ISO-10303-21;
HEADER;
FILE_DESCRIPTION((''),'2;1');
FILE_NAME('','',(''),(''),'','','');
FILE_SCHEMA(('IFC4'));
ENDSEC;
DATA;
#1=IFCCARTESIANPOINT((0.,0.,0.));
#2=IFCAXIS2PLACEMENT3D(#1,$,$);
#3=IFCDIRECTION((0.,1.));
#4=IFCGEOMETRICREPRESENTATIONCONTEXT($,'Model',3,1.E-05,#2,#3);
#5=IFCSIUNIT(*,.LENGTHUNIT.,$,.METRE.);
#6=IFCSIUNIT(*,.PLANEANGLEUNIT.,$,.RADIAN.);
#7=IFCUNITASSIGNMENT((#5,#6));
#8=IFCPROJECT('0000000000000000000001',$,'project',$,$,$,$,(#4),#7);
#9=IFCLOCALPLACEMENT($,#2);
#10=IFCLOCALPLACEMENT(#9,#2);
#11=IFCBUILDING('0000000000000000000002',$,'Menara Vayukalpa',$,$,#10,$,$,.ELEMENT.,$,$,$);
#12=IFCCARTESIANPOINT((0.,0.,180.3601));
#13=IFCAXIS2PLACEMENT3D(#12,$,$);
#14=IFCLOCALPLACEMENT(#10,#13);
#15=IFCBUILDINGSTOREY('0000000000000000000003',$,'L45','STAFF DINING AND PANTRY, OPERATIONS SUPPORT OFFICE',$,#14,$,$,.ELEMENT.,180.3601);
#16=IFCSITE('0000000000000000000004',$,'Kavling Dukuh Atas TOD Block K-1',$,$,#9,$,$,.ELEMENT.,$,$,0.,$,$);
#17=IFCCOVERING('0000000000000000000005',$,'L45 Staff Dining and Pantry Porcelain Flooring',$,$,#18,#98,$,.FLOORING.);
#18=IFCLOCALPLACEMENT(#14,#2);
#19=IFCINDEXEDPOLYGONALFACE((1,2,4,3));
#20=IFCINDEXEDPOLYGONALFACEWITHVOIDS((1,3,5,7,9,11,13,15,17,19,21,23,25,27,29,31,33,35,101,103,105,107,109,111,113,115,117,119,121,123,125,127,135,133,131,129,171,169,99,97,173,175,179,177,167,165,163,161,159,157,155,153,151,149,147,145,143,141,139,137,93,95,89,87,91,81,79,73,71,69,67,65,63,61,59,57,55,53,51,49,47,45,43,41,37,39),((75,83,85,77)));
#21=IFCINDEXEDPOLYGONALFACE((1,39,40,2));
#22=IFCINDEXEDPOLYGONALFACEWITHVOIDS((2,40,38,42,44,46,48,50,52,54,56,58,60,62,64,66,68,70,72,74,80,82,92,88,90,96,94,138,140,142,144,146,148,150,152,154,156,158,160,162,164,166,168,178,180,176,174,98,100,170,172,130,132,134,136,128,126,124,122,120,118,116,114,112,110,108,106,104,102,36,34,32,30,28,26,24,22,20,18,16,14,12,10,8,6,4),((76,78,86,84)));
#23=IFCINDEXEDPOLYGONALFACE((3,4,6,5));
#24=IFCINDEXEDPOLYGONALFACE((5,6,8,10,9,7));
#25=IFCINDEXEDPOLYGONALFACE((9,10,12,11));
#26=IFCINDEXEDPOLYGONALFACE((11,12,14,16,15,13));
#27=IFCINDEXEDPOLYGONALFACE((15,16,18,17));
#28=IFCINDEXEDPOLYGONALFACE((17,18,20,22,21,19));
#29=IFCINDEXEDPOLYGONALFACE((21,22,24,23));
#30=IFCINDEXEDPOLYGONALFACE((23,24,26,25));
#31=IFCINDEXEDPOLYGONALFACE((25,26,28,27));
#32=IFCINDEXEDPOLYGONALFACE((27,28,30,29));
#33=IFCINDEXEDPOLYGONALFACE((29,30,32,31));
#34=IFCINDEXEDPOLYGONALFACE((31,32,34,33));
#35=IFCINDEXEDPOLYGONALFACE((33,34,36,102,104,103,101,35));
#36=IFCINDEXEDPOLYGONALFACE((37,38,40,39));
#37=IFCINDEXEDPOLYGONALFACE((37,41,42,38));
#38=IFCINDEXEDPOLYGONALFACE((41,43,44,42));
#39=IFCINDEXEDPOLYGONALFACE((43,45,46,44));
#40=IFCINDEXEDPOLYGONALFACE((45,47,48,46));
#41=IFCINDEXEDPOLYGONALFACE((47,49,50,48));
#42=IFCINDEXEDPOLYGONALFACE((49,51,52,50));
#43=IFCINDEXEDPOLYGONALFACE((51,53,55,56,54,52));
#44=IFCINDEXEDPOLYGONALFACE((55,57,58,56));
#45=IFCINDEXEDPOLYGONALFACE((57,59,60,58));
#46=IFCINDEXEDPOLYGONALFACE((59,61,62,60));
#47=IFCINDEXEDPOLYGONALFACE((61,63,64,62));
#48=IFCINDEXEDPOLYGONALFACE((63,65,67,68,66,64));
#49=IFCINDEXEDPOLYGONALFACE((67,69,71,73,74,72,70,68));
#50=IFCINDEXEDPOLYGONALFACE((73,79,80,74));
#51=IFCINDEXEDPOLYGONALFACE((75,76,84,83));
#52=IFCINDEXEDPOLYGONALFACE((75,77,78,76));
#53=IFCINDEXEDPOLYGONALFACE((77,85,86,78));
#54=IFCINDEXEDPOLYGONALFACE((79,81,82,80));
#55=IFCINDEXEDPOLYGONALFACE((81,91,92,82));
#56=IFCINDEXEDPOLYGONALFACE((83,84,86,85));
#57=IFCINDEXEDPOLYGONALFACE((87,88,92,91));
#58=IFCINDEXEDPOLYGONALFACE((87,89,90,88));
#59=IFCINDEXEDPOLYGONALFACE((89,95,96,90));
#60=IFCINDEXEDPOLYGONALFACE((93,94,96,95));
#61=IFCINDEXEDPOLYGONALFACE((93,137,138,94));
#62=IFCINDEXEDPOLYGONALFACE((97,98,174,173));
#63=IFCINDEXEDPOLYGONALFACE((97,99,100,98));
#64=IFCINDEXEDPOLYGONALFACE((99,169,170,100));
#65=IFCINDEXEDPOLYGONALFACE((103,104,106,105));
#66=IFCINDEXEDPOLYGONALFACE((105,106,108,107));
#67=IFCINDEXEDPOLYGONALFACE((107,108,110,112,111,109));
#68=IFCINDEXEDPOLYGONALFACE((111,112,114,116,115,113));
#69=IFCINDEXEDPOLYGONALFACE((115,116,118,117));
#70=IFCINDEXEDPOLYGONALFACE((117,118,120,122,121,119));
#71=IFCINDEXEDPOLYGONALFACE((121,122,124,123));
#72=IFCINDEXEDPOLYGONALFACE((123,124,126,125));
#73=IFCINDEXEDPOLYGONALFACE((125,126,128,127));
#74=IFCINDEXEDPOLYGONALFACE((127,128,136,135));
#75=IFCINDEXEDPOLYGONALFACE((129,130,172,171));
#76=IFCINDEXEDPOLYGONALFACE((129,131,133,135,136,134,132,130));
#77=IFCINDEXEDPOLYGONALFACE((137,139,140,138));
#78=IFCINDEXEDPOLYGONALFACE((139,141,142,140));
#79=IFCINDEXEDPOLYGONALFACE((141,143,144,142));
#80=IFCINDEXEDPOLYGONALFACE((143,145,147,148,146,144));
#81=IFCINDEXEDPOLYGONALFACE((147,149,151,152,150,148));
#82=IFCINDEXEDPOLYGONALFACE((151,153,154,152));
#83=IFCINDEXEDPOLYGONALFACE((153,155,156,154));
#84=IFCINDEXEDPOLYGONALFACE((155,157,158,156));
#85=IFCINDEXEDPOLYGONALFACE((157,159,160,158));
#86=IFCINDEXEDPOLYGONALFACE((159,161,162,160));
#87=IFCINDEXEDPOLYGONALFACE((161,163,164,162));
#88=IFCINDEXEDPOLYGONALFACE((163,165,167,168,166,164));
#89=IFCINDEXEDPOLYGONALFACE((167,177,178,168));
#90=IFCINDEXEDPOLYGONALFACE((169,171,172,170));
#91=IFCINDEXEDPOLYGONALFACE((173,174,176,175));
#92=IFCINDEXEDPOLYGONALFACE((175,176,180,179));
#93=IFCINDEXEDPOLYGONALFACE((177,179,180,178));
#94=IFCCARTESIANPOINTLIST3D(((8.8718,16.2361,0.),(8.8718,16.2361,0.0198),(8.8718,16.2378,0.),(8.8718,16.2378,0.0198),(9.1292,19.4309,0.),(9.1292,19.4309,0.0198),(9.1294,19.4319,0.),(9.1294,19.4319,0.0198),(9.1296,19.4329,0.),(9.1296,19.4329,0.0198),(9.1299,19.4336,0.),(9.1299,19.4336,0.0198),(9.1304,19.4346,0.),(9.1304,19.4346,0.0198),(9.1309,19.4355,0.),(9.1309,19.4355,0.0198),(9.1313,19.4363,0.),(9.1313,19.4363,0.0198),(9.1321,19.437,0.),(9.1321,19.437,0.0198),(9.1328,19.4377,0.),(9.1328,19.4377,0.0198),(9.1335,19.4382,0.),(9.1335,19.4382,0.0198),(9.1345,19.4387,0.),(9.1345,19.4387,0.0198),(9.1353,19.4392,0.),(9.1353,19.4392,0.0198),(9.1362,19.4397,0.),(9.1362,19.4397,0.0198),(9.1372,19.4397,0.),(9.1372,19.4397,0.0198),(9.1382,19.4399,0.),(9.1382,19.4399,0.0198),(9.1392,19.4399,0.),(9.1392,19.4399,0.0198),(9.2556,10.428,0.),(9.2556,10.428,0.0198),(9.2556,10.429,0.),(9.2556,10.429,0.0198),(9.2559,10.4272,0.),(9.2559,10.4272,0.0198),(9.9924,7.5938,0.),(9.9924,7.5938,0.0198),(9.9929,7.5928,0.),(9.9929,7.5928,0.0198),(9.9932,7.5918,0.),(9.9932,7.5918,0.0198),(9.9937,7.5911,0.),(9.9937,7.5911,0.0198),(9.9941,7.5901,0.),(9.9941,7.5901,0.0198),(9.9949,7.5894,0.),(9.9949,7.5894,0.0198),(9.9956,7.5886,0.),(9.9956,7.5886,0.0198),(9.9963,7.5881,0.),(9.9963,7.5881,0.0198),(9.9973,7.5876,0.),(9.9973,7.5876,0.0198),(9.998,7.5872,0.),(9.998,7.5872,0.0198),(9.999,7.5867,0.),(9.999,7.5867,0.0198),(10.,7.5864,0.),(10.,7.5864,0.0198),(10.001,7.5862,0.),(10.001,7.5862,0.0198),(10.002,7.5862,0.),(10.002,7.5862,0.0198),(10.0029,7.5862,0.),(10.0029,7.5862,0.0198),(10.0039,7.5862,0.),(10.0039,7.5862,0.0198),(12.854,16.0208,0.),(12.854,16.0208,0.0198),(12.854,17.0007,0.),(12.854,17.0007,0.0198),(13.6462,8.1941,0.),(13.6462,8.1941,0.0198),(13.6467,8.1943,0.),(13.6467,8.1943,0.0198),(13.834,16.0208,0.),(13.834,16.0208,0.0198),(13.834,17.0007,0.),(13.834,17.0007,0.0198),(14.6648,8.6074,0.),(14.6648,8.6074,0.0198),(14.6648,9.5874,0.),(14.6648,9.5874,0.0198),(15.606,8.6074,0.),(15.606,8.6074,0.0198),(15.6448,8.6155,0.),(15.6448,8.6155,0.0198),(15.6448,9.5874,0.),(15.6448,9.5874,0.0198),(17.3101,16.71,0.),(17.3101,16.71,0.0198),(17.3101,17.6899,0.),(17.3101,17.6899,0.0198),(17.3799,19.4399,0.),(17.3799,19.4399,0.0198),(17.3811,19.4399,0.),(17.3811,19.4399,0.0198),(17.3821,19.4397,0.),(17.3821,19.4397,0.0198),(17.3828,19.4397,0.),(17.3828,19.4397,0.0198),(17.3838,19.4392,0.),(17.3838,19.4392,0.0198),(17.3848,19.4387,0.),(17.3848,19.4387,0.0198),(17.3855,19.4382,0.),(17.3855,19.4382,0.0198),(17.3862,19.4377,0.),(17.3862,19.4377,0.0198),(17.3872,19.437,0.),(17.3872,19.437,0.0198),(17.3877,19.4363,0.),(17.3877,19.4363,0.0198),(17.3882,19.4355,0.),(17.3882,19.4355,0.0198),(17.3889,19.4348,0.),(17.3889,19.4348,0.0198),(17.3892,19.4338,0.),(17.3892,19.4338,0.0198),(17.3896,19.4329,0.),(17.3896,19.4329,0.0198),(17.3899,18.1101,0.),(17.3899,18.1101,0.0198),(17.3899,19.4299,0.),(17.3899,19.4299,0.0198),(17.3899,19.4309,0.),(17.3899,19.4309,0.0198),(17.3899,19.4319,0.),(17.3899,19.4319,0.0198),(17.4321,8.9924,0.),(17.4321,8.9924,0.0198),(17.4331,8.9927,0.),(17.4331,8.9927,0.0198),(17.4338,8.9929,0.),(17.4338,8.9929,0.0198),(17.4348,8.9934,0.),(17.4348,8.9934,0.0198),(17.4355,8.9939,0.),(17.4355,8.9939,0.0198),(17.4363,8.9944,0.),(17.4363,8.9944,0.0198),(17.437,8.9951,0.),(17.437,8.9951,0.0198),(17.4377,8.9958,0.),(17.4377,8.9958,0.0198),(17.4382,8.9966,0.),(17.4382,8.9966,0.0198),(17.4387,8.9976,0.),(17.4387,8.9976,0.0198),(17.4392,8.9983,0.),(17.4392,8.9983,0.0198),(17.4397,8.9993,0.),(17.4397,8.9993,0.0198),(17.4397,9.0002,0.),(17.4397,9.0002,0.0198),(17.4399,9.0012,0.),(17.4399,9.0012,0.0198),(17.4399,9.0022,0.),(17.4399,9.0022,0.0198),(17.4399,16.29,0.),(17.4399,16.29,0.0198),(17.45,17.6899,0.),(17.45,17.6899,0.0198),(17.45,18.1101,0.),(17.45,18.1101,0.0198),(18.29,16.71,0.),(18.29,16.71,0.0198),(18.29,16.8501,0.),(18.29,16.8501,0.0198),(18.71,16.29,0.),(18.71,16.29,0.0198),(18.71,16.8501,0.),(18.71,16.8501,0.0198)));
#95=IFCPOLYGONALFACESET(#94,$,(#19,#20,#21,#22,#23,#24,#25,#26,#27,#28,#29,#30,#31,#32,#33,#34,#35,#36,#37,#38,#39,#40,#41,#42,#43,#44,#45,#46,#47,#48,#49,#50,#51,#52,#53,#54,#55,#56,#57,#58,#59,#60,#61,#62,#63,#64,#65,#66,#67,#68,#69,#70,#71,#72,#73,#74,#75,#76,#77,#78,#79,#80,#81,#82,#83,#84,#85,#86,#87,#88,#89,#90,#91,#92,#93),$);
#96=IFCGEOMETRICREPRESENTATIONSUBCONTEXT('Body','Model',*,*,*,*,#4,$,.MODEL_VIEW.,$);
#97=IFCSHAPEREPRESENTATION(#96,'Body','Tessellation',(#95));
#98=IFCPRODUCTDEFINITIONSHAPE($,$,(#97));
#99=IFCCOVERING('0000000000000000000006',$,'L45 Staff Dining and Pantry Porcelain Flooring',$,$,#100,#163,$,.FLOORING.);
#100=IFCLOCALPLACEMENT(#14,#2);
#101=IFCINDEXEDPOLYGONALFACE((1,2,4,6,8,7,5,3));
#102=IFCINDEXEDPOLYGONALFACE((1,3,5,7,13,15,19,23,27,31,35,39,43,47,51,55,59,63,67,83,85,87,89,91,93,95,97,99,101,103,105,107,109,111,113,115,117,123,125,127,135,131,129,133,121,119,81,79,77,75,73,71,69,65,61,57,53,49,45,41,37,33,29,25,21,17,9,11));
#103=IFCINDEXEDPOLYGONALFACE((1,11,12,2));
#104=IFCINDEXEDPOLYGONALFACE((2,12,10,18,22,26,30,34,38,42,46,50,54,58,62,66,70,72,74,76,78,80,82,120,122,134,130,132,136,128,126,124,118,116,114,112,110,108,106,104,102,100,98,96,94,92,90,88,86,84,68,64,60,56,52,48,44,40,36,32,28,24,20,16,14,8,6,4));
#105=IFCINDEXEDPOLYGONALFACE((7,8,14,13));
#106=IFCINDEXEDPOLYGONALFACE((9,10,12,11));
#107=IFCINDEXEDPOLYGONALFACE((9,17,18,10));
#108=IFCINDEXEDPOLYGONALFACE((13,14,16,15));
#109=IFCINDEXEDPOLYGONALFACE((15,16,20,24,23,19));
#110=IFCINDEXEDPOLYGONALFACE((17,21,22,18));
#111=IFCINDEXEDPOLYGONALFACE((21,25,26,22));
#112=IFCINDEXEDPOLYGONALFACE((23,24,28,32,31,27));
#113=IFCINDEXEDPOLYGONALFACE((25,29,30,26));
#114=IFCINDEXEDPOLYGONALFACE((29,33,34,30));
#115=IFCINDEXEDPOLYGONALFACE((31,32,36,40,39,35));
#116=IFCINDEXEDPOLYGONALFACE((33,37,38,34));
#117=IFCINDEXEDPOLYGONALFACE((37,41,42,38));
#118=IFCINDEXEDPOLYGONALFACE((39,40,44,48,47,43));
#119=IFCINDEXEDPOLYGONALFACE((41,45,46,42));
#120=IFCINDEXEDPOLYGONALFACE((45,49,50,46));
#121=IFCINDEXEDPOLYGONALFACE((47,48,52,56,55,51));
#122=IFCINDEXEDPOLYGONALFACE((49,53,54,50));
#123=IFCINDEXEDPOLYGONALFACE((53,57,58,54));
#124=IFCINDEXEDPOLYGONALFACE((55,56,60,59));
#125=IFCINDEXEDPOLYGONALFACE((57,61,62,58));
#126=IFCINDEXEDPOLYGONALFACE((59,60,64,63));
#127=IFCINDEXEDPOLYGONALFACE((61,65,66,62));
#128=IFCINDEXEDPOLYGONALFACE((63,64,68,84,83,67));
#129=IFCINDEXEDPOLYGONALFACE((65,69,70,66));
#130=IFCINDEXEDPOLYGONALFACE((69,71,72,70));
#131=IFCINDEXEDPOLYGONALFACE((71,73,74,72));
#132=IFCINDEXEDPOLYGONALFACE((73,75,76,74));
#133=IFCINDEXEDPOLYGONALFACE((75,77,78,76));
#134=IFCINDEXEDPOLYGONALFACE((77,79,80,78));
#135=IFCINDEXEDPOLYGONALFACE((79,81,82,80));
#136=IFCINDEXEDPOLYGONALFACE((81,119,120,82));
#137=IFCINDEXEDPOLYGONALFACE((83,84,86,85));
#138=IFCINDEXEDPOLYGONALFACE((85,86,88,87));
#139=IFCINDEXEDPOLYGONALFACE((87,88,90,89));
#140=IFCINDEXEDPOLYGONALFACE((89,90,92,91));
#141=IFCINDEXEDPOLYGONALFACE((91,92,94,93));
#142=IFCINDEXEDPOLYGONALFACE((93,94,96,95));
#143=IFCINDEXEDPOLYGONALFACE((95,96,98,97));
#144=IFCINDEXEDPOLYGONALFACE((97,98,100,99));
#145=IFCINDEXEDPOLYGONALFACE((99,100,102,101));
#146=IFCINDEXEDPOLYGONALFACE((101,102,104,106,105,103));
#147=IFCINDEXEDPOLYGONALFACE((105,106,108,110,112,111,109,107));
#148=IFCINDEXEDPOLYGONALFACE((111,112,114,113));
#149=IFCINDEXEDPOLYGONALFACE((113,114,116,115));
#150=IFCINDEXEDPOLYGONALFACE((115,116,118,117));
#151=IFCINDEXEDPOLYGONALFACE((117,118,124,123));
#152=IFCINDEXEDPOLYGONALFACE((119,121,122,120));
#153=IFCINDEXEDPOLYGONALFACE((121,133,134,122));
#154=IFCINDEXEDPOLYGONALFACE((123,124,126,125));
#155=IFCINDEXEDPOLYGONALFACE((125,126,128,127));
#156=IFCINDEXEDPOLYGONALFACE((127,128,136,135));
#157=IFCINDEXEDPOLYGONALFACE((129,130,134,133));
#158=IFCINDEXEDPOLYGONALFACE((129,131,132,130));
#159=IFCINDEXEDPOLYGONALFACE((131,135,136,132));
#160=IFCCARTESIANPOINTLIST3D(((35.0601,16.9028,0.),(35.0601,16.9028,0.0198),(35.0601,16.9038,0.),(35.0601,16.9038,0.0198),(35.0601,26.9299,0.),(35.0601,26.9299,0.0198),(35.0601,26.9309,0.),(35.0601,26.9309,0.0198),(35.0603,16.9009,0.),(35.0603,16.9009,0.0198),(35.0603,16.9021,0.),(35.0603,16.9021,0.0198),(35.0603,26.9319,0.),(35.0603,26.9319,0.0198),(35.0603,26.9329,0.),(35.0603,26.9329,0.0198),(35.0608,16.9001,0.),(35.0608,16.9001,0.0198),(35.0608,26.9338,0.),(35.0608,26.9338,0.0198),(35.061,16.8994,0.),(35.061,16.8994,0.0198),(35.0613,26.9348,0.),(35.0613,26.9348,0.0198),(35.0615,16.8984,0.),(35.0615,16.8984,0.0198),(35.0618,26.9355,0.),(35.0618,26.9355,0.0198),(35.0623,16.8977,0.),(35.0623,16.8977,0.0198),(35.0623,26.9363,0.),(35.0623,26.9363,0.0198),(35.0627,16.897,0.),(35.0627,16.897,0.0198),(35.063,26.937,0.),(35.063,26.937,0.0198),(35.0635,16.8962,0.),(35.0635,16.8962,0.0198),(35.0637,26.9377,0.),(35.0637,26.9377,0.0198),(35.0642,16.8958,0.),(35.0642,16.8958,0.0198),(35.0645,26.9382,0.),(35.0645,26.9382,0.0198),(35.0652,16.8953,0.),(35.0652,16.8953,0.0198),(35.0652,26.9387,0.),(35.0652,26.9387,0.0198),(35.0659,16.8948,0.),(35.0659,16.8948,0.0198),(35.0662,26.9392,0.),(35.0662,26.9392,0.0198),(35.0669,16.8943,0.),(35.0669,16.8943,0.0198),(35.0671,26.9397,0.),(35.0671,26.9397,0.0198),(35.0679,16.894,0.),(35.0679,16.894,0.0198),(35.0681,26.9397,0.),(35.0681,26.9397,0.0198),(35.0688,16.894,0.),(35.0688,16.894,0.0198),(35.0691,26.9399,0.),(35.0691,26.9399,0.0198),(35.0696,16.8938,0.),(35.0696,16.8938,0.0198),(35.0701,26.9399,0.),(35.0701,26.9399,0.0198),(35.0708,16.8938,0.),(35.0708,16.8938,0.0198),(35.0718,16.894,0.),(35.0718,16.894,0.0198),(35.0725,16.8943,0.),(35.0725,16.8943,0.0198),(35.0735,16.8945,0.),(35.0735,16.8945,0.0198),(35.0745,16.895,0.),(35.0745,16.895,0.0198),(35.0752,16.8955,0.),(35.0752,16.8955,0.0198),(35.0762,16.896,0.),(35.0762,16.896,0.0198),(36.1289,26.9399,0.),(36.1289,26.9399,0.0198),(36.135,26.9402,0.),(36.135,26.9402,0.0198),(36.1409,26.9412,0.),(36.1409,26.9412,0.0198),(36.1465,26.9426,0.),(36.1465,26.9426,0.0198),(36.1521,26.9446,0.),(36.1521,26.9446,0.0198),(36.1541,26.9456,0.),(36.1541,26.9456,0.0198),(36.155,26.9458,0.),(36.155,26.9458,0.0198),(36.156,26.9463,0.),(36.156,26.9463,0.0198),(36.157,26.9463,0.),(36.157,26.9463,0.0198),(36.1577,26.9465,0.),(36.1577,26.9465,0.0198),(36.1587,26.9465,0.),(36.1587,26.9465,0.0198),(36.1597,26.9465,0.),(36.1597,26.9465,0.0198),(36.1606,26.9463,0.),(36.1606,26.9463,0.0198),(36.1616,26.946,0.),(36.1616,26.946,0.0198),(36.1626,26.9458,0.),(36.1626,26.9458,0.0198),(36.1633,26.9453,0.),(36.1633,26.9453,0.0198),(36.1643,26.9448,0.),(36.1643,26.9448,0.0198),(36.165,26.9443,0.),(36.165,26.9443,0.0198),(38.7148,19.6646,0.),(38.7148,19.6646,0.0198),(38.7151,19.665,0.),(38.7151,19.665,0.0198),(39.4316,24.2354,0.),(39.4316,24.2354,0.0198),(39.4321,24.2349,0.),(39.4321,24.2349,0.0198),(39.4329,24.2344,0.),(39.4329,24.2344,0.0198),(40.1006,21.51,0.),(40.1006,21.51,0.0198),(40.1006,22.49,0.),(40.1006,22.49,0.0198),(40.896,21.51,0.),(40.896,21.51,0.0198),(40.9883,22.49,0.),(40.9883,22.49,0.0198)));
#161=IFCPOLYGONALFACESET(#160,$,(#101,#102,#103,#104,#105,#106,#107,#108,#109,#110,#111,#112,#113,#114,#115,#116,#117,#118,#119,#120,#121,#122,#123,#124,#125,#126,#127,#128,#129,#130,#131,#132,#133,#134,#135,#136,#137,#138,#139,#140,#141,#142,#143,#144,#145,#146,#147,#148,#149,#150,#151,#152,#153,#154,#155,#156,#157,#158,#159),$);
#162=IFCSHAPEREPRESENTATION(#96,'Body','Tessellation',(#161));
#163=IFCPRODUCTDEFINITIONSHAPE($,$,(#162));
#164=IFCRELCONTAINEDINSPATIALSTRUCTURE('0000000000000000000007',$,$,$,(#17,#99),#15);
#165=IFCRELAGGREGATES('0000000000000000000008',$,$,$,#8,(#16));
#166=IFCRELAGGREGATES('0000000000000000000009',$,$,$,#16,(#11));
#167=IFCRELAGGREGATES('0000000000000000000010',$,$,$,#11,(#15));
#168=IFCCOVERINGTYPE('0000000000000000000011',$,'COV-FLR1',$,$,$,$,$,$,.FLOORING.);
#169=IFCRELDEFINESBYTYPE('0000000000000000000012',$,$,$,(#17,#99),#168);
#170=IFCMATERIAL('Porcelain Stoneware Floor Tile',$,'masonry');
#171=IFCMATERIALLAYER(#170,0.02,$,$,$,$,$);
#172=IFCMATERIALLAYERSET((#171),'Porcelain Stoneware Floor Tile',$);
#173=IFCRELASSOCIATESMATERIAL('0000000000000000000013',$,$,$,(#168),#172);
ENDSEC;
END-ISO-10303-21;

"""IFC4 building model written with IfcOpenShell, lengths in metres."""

from ifc_helpers import new_model, si_unit, direction, frame, origin, place, context, subcontext, project, spatial, polyline, outline, extrude, material, layer, layer_set, type_object, element, save


model = new_model("IFC4")

# Units and contexts
model_context = context("Model", 3, precision=1e-05, world=origin(), true_north=direction((0.0, 1.0)))
body_context = subcontext(model_context, "Body", "Model", "MODEL_VIEW")
ifc_project = project(units=[si_unit("LENGTHUNIT", "METRE"), si_unit("PLANEANGLEUNIT", "RADIAN")], contexts=[model_context])

# Site, building, storey
site_placement = place(None, origin())
site = spatial("IfcSite", under=ifc_project, at=site_placement, Name="Kavling Dukuh Atas TOD Block K-1", CompositionType="ELEMENT", RefElevation=0.0)
building_placement = place(site_placement, origin())
building = spatial("IfcBuilding", under=site, at=building_placement, Name="Menara Vayukalpa", CompositionType="ELEMENT")
storey_placement = place(building_placement, frame((0.0, 0.0, 180.3601)))
storey = spatial("IfcBuildingStorey", under=building, at=storey_placement, Name="L45", Description="STAFF DINING AND PANTRY, OPERATIONS SUPPORT OFFICE", CompositionType="ELEMENT", Elevation=180.3601)

# Coverings
ifc_material_1 = material(Name="Porcelain Stoneware Floor Tile", Category="masonry")
ifc_layer_1 = layer(ifc_material_1, 0.02)
ifc_layer_set_1 = layer_set([ifc_layer_1], Name="Porcelain Stoneware Floor Tile")
covering_type_1 = type_object("IfcCoveringType", Name="COV-FLR1", PredefinedType="FLOORING", material=ifc_layer_set_1)
covering_1_placement = place(storey_placement, origin())
element("IfcCovering", 1, at=covering_1_placement, inside=storey, type_object=covering_type_1, Name="L45 Staff Dining and Pantry Porcelain Flooring", PredefinedType="FLOORING", context=body_context, shape_type="SweptSolid", body=[
    extrude(outline(polyline([(10.0029, 7.5862), (10.002, 7.5862), (10.001, 7.5862), (10.0, 7.5864), (9.999, 7.5867), (9.998, 7.5872), (9.9973, 7.5876), (9.9963, 7.5881), (9.9956, 7.5886), (9.9949, 7.5894), (9.9941, 7.5901), (9.9937, 7.5911), (9.9932, 7.5918), (9.9929, 7.5928), (9.9924, 7.5938), (9.2559, 10.4272), (9.2556, 10.428), (9.2556, 10.429), (8.8718, 16.2361), (8.8718, 16.2378), (9.1292, 19.4309), (9.1294, 19.4319), (9.1296, 19.4329), (9.1299, 19.4336), (9.1304, 19.4346), (9.1309, 19.4355), (9.1313, 19.4363), (9.1321, 19.437), (9.1328, 19.4377), (9.1335, 19.4382), (9.1345, 19.4387), (9.1353, 19.4392), (9.1362, 19.4397), (9.1372, 19.4397), (9.1382, 19.4399), (9.1392, 19.4399), (17.3799, 19.4399), (17.3811, 19.4399), (17.3821, 19.4397), (17.3828, 19.4397), (17.3838, 19.4392), (17.3848, 19.4387), (17.3855, 19.4382), (17.3862, 19.4377), (17.3872, 19.437), (17.3877, 19.4363), (17.3882, 19.4355), (17.3889, 19.4348), (17.3892, 19.4338), (17.3896, 19.4329), (17.3899, 19.4319), (17.3899, 19.4309), (17.3899, 19.4299), (17.3899, 18.1101), (17.45, 18.1101), (17.45, 17.6899), (17.3101, 17.6899), (17.3101, 16.71), (18.29, 16.71), (18.29, 16.8501), (18.71, 16.8501), (18.71, 16.29), (17.4399, 16.29), (17.4399, 9.0022), (17.4399, 9.0012), (17.4397, 9.0002), (17.4397, 8.9993), (17.4392, 8.9983), (17.4387, 8.9976), (17.4382, 8.9966), (17.4377, 8.9958), (17.437, 8.9951), (17.4363, 8.9944), (17.4355, 8.9939), (17.4348, 8.9934), (17.4338, 8.9929), (17.4331, 8.9927), (17.4321, 8.9924), (15.6448, 8.6155), (15.6448, 9.5874), (14.6648, 9.5874), (14.6648, 8.6074), (15.606, 8.6074), (13.6467, 8.1943), (13.6462, 8.1941), (10.0039, 7.5862), (10.0029, 7.5862)]), holes=[polyline([(13.834, 17.0007), (12.854, 17.0007), (12.854, 16.0208), (13.834, 16.0208), (13.834, 17.0007)])]), origin(), (0.0, 0.0, 1.0), 0.0198),
])
covering_2_placement = place(storey_placement, origin())
element("IfcCovering", 2, at=covering_2_placement, inside=storey, type_object=covering_type_1, Name="L45 Staff Dining and Pantry Porcelain Flooring", PredefinedType="FLOORING", context=body_context, shape_type="SweptSolid", body=[
    extrude(outline(polyline([(39.4329, 24.2344), (40.9883, 22.49), (40.1006, 22.49), (40.1006, 21.51), (40.896, 21.51), (38.7151, 19.665), (38.7148, 19.6646), (35.0762, 16.896), (35.0752, 16.8955), (35.0745, 16.895), (35.0735, 16.8945), (35.0725, 16.8943), (35.0718, 16.894), (35.0708, 16.8938), (35.0696, 16.8938), (35.0688, 16.894), (35.0679, 16.894), (35.0669, 16.8943), (35.0659, 16.8948), (35.0652, 16.8953), (35.0642, 16.8958), (35.0635, 16.8962), (35.0627, 16.897), (35.0623, 16.8977), (35.0615, 16.8984), (35.061, 16.8994), (35.0608, 16.9001), (35.0603, 16.9009), (35.0603, 16.9021), (35.0601, 16.9028), (35.0601, 16.9038), (35.0601, 26.9299), (35.0601, 26.9309), (35.0603, 26.9319), (35.0603, 26.9329), (35.0608, 26.9338), (35.0613, 26.9348), (35.0618, 26.9355), (35.0623, 26.9363), (35.063, 26.937), (35.0637, 26.9377), (35.0645, 26.9382), (35.0652, 26.9387), (35.0662, 26.9392), (35.0671, 26.9397), (35.0681, 26.9397), (35.0691, 26.9399), (35.0701, 26.9399), (36.1289, 26.9399), (36.135, 26.9402), (36.1409, 26.9412), (36.1465, 26.9426), (36.1521, 26.9446), (36.1541, 26.9456), (36.155, 26.9458), (36.156, 26.9463), (36.157, 26.9463), (36.1577, 26.9465), (36.1587, 26.9465), (36.1597, 26.9465), (36.1606, 26.9463), (36.1616, 26.946), (36.1626, 26.9458), (36.1633, 26.9453), (36.1643, 26.9448), (36.165, 26.9443), (39.4316, 24.2354), (39.4321, 24.2349), (39.4329, 24.2344)])), origin(), (0.0, 0.0, 1.0), 0.0198),
])

save(model, "model.ifc")
